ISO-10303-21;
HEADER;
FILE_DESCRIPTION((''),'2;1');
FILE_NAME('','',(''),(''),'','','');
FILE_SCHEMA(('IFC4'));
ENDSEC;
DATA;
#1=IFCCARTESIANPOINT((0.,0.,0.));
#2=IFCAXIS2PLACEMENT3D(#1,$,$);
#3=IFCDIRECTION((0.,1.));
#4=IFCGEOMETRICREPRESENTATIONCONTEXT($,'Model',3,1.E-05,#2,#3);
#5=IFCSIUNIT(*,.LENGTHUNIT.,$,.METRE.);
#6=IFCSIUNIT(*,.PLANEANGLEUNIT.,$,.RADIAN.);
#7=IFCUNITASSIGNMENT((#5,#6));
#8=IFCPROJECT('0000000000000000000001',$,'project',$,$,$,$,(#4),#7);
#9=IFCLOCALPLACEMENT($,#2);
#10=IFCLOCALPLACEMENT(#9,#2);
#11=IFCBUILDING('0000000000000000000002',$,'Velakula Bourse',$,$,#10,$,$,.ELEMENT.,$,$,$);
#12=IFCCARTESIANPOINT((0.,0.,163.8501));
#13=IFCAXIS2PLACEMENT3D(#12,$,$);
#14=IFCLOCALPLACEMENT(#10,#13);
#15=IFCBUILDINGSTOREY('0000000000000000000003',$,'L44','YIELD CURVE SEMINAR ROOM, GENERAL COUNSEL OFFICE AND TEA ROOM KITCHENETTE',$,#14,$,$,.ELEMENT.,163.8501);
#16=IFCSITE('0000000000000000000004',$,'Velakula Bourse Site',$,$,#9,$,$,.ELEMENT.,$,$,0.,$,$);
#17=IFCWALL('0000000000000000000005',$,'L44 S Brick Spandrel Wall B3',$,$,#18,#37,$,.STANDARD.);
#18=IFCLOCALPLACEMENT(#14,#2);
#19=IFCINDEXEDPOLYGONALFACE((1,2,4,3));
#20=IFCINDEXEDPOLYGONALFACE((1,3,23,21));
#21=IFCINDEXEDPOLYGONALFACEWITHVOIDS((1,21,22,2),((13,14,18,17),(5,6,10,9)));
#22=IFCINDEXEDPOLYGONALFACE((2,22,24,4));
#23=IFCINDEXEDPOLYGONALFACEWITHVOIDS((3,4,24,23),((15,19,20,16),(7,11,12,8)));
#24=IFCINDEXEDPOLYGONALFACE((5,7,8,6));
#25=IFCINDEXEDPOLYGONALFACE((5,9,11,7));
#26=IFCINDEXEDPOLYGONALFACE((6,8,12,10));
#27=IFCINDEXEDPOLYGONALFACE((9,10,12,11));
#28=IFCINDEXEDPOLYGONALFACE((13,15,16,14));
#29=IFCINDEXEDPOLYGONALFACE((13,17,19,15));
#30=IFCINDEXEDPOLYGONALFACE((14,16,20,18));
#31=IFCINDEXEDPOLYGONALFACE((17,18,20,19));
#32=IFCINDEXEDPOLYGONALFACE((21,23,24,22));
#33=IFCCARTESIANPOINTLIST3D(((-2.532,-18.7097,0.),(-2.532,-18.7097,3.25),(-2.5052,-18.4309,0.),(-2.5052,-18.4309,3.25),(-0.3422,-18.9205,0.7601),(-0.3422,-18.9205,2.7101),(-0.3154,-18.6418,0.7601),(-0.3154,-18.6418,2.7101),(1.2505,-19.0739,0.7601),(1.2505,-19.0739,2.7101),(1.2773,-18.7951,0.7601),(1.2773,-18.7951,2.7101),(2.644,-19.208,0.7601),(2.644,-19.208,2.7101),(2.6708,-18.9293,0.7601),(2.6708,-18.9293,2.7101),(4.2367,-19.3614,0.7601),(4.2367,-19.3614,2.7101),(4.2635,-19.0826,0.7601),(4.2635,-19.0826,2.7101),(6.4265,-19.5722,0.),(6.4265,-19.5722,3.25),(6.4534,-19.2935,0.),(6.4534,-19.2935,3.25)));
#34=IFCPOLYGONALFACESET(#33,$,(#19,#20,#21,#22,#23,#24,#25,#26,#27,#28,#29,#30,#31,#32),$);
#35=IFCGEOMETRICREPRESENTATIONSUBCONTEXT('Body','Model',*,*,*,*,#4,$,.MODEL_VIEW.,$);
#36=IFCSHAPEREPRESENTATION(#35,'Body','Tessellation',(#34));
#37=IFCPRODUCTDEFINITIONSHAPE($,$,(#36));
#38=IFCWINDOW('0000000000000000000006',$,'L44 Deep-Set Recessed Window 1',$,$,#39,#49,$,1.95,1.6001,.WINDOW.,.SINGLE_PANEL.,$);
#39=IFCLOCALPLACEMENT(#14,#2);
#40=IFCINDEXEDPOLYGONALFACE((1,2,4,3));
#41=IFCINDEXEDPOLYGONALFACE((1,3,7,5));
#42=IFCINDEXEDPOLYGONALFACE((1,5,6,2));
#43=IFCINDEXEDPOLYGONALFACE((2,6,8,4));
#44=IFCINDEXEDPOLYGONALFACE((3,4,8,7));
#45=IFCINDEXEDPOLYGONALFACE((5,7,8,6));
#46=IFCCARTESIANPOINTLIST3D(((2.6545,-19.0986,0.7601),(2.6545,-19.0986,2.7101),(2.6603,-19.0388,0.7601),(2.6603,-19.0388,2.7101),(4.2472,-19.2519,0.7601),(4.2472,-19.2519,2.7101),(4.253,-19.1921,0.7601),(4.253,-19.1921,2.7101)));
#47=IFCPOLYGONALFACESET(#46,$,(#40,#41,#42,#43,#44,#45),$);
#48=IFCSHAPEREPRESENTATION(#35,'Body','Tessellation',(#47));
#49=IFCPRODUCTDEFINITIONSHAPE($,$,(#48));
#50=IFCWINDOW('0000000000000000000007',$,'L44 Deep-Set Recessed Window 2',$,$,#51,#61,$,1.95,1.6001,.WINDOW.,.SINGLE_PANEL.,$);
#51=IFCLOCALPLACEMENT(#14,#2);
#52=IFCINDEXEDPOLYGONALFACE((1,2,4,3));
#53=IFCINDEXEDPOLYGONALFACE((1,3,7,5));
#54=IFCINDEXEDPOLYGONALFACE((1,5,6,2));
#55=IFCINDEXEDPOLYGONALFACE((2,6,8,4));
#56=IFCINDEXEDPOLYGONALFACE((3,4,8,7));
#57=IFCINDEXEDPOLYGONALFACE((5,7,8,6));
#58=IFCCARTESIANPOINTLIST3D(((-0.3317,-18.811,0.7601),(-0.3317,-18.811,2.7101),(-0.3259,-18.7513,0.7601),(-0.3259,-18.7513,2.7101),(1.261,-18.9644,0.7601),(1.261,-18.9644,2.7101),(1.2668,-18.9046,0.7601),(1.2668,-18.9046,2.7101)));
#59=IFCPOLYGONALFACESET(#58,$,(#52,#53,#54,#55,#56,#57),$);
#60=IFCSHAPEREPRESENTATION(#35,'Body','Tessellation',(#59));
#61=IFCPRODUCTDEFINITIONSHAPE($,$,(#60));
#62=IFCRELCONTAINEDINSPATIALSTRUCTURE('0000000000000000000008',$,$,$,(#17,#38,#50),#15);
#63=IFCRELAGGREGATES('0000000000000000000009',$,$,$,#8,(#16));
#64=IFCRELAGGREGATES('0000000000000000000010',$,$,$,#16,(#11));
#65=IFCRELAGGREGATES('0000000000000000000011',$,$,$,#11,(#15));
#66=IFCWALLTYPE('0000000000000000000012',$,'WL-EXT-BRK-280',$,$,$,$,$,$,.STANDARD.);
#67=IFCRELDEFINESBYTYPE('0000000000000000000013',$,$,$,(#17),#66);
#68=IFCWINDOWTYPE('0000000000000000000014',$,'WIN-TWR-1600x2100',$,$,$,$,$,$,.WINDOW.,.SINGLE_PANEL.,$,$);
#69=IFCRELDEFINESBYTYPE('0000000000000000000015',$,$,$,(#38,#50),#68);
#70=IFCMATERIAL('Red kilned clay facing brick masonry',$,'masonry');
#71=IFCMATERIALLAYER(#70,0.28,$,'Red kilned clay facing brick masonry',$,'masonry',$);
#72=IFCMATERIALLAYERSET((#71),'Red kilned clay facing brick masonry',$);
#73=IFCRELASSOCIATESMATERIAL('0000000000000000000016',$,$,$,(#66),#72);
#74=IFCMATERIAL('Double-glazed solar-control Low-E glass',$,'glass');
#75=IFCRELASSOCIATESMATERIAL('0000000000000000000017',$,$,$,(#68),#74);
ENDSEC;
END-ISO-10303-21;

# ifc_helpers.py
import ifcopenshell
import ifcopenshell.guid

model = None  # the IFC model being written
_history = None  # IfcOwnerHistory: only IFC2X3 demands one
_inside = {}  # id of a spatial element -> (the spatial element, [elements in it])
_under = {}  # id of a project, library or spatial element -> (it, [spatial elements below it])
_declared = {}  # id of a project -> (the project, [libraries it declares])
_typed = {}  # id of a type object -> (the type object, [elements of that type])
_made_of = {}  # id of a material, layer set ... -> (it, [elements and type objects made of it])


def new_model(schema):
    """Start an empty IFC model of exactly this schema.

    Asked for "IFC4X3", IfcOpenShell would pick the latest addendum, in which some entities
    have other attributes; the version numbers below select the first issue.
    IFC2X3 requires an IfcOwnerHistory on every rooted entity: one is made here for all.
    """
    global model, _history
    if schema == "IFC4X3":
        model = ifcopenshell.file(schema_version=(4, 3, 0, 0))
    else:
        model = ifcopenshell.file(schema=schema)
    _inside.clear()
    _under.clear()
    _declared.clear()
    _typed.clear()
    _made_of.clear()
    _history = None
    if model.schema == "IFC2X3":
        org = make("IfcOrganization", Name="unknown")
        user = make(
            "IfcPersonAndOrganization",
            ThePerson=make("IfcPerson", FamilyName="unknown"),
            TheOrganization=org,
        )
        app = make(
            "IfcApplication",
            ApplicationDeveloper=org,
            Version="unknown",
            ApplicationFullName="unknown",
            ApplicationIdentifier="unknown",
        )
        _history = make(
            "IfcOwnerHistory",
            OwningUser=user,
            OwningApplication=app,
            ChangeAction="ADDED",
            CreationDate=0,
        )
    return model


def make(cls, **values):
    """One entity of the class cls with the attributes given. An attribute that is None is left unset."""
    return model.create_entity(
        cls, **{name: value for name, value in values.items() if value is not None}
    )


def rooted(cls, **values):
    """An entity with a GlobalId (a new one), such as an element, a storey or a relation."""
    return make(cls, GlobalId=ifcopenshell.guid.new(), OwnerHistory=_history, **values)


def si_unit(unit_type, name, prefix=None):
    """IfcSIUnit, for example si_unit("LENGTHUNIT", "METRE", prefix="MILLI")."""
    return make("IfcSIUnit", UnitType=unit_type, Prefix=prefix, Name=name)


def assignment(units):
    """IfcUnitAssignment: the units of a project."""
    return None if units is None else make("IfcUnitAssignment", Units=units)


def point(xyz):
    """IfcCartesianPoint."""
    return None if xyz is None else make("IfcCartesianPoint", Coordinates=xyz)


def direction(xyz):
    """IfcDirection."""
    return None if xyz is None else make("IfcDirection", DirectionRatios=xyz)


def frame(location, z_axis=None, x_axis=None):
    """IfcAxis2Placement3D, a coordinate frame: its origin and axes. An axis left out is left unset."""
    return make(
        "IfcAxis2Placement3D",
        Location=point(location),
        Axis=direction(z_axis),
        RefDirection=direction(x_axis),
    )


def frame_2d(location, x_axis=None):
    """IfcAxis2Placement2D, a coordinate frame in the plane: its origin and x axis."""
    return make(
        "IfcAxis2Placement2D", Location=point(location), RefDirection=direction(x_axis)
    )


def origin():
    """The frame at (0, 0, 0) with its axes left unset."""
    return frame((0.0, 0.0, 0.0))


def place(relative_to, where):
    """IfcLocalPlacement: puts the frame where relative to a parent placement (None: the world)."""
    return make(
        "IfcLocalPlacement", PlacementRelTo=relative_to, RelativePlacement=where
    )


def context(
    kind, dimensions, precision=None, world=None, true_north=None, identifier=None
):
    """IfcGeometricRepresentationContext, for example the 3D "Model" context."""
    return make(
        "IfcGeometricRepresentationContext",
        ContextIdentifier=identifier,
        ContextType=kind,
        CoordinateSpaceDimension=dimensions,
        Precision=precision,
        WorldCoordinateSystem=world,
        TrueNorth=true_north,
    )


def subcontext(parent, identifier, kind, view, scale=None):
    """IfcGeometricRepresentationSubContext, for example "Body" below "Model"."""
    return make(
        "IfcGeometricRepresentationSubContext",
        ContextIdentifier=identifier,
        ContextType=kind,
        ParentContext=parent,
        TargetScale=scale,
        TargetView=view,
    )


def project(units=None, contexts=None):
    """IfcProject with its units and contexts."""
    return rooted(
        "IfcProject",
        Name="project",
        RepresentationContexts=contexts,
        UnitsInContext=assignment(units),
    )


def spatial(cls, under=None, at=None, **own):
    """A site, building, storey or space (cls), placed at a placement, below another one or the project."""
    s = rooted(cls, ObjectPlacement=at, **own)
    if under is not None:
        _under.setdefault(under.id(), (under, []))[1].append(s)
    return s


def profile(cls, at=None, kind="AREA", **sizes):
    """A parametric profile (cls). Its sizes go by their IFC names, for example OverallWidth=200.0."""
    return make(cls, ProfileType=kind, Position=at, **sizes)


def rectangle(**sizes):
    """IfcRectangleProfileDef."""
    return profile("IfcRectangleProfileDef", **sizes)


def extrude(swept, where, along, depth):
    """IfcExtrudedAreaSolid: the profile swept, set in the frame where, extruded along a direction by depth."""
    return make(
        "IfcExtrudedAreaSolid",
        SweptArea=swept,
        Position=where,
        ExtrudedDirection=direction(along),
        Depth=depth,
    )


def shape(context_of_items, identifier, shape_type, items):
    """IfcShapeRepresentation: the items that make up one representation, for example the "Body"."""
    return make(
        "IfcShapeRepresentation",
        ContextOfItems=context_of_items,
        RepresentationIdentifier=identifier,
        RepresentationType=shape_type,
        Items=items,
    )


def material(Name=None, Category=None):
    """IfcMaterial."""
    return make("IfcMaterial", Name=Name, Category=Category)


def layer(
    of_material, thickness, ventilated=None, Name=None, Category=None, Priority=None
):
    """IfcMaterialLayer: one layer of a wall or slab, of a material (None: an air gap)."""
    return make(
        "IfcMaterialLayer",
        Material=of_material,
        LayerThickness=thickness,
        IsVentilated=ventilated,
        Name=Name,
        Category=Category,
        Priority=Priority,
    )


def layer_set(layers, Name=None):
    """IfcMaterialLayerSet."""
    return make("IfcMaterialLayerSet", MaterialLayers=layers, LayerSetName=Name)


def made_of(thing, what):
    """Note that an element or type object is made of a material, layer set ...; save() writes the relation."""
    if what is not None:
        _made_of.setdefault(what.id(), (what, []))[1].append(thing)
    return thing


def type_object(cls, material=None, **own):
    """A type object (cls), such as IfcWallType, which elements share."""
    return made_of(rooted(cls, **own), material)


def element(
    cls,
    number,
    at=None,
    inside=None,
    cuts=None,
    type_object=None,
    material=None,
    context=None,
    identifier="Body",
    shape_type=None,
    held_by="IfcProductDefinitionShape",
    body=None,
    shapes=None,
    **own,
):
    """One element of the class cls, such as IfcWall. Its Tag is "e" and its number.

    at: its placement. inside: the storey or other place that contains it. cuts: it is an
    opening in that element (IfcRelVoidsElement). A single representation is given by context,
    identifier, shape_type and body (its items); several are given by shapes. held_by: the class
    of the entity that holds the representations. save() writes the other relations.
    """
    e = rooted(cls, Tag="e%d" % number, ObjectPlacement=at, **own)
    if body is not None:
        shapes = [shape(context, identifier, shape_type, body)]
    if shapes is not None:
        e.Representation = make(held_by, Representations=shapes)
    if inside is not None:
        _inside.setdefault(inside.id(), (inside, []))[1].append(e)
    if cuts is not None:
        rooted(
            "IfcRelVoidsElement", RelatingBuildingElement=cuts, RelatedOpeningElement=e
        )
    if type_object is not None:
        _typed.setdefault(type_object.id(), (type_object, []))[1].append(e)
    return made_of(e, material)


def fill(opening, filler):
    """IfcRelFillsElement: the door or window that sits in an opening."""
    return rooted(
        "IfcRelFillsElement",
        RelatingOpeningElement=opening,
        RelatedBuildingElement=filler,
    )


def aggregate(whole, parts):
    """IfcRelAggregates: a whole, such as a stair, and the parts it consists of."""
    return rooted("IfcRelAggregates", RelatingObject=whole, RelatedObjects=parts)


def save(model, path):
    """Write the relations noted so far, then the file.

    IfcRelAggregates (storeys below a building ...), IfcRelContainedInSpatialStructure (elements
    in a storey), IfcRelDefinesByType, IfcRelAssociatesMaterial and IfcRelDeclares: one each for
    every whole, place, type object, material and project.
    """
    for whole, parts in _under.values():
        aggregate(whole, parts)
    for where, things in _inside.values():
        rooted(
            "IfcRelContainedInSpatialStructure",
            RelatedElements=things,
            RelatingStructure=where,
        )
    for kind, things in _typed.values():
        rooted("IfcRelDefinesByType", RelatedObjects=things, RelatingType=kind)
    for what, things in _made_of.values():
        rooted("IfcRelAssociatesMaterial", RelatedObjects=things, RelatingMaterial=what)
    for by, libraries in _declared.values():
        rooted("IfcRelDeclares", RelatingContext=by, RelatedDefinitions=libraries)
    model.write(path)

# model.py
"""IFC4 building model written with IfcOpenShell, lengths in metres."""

from ifc_helpers import new_model, si_unit, direction, frame, frame_2d, origin, place, context, subcontext, project, spatial, rectangle, extrude, material, layer, layer_set, type_object, element, fill, save


model = new_model("IFC4")

# Units and contexts
model_context = context("Model", 3, precision=1e-05, world=origin(), true_north=direction((0.0, 1.0)))
body_context = subcontext(model_context, "Body", "Model", "MODEL_VIEW")
ifc_project = project(units=[si_unit("LENGTHUNIT", "METRE"), si_unit("PLANEANGLEUNIT", "RADIAN")], contexts=[model_context])

# Site, building, storey
site_placement = place(None, origin())
site = spatial("IfcSite", under=ifc_project, at=site_placement, Name="Velakula Bourse Site", CompositionType="ELEMENT", RefElevation=0.0)
building_placement = place(site_placement, origin())
building = spatial("IfcBuilding", under=site, at=building_placement, Name="Velakula Bourse", CompositionType="ELEMENT")
storey_placement = place(building_placement, frame((0.0, 0.0, 163.8501)))
storey = spatial("IfcBuildingStorey", under=building, at=storey_placement, Name="L44", Description="YIELD CURVE SEMINAR ROOM, GENERAL COUNSEL OFFICE AND TEA ROOM KITCHENETTE", CompositionType="ELEMENT", Elevation=163.8501)

# Wall, openings, windows
ifc_material_1 = material(Name="Red kilned clay facing brick masonry", Category="masonry")
ifc_layer_1 = layer(ifc_material_1, 0.28, Name="Red kilned clay facing brick masonry", Category="masonry")
ifc_layer_set_1 = layer_set([ifc_layer_1], Name="Red kilned clay facing brick masonry")
wall_type_1 = type_object("IfcWallType", Name="WL-EXT-BRK-280", PredefinedType="STANDARD", material=ifc_layer_set_1)
ifc_material_2 = material(Name="Double-glazed solar-control Low-E glass", Category="glass")
window_type = type_object("IfcWindowType", Name="WIN-TWR-1600x2100", PartitioningType="SINGLE_PANEL", PredefinedType="WINDOW", material=ifc_material_2)
wall_1_placement = place(storey_placement, frame((6.4399, -19.4329, 0.0), z_axis=(0.0, 0.0, 1.0), x_axis=(-0.995397, 0.09584, 0.0)))
wall_1 = element("IfcWall", 1, at=wall_1_placement, inside=storey, type_object=wall_type_1, Name="L44 S Brick Spandrel Wall B3", PredefinedType="STANDARD", context=body_context, shape_type="SweptSolid", body=[
    extrude(rectangle(XDim=9.0, YDim=0.28, at=frame_2d((4.5, 0.0))), origin(), (0.0, 0.0, 1.0), 3.25),
])
opening_1_placement = place(wall_1_placement, frame((2.2, 0.0, 0.76)))
opening_1 = element("IfcOpeningElement", 2, at=opening_1_placement, cuts=wall_1, PredefinedType="OPENING", context=body_context, shape_type="SweptSolid", body=[
    extrude(rectangle(XDim=1.6001, YDim=1.95, at=frame_2d((0.8, 0.9751))), frame((0.0, 0.1499, 0.0), z_axis=(0.0, -1.0, 0.0), x_axis=(1.0, 0.0, 0.0)), (0.0, 0.0, 1.0), 0.3),
])
opening_2_placement = place(wall_1_placement, frame((5.2, 0.0, 0.76)))
opening_2 = element("IfcOpeningElement", 3, at=opening_2_placement, cuts=wall_1, PredefinedType="OPENING", context=body_context, shape_type="SweptSolid", body=[
    extrude(rectangle(XDim=1.6001, YDim=1.95, at=frame_2d((0.8, 0.9751))), frame((0.0, 0.1499, 0.0), z_axis=(0.0, -1.0, 0.0), x_axis=(1.0, 0.0, 0.0)), (0.0, 0.0, 1.0), 0.3),
])
window_1_placement = place(opening_1_placement, origin())
window_1 = element("IfcWindow", 4, at=window_1_placement, inside=storey, type_object=window_type, Name="L44 Deep-Set Recessed Window 1", OverallHeight=1.95, OverallWidth=1.6001, PartitioningType="SINGLE_PANEL", PredefinedType="WINDOW", context=body_context, shape_type="SweptSolid", body=[
    extrude(rectangle(XDim=1.6001, YDim=1.95, at=frame_2d((0.8, 0.9751))), frame((0.0, 0.03, 0.0), z_axis=(0.0, -1.0, 0.0), x_axis=(1.0, 0.0, 0.0)), (0.0, 0.0, 1.0), 0.0601),
])
fill(opening_1, window_1)
window_2_placement = place(opening_2_placement, origin())
window_2 = element("IfcWindow", 5, at=window_2_placement, inside=storey, type_object=window_type, Name="L44 Deep-Set Recessed Window 2", OverallHeight=1.95, OverallWidth=1.6001, PartitioningType="SINGLE_PANEL", PredefinedType="WINDOW", context=body_context, shape_type="SweptSolid", body=[
    extrude(rectangle(XDim=1.6001, YDim=1.95, at=frame_2d((0.8, 0.9751))), frame((0.0, 0.03, 0.0), z_axis=(0.0, -1.0, 0.0), x_axis=(1.0, 0.0, 0.0)), (0.0, 0.0, 1.0), 0.0601),
])
fill(opening_2, window_2)

save(model, "model.ifc")
